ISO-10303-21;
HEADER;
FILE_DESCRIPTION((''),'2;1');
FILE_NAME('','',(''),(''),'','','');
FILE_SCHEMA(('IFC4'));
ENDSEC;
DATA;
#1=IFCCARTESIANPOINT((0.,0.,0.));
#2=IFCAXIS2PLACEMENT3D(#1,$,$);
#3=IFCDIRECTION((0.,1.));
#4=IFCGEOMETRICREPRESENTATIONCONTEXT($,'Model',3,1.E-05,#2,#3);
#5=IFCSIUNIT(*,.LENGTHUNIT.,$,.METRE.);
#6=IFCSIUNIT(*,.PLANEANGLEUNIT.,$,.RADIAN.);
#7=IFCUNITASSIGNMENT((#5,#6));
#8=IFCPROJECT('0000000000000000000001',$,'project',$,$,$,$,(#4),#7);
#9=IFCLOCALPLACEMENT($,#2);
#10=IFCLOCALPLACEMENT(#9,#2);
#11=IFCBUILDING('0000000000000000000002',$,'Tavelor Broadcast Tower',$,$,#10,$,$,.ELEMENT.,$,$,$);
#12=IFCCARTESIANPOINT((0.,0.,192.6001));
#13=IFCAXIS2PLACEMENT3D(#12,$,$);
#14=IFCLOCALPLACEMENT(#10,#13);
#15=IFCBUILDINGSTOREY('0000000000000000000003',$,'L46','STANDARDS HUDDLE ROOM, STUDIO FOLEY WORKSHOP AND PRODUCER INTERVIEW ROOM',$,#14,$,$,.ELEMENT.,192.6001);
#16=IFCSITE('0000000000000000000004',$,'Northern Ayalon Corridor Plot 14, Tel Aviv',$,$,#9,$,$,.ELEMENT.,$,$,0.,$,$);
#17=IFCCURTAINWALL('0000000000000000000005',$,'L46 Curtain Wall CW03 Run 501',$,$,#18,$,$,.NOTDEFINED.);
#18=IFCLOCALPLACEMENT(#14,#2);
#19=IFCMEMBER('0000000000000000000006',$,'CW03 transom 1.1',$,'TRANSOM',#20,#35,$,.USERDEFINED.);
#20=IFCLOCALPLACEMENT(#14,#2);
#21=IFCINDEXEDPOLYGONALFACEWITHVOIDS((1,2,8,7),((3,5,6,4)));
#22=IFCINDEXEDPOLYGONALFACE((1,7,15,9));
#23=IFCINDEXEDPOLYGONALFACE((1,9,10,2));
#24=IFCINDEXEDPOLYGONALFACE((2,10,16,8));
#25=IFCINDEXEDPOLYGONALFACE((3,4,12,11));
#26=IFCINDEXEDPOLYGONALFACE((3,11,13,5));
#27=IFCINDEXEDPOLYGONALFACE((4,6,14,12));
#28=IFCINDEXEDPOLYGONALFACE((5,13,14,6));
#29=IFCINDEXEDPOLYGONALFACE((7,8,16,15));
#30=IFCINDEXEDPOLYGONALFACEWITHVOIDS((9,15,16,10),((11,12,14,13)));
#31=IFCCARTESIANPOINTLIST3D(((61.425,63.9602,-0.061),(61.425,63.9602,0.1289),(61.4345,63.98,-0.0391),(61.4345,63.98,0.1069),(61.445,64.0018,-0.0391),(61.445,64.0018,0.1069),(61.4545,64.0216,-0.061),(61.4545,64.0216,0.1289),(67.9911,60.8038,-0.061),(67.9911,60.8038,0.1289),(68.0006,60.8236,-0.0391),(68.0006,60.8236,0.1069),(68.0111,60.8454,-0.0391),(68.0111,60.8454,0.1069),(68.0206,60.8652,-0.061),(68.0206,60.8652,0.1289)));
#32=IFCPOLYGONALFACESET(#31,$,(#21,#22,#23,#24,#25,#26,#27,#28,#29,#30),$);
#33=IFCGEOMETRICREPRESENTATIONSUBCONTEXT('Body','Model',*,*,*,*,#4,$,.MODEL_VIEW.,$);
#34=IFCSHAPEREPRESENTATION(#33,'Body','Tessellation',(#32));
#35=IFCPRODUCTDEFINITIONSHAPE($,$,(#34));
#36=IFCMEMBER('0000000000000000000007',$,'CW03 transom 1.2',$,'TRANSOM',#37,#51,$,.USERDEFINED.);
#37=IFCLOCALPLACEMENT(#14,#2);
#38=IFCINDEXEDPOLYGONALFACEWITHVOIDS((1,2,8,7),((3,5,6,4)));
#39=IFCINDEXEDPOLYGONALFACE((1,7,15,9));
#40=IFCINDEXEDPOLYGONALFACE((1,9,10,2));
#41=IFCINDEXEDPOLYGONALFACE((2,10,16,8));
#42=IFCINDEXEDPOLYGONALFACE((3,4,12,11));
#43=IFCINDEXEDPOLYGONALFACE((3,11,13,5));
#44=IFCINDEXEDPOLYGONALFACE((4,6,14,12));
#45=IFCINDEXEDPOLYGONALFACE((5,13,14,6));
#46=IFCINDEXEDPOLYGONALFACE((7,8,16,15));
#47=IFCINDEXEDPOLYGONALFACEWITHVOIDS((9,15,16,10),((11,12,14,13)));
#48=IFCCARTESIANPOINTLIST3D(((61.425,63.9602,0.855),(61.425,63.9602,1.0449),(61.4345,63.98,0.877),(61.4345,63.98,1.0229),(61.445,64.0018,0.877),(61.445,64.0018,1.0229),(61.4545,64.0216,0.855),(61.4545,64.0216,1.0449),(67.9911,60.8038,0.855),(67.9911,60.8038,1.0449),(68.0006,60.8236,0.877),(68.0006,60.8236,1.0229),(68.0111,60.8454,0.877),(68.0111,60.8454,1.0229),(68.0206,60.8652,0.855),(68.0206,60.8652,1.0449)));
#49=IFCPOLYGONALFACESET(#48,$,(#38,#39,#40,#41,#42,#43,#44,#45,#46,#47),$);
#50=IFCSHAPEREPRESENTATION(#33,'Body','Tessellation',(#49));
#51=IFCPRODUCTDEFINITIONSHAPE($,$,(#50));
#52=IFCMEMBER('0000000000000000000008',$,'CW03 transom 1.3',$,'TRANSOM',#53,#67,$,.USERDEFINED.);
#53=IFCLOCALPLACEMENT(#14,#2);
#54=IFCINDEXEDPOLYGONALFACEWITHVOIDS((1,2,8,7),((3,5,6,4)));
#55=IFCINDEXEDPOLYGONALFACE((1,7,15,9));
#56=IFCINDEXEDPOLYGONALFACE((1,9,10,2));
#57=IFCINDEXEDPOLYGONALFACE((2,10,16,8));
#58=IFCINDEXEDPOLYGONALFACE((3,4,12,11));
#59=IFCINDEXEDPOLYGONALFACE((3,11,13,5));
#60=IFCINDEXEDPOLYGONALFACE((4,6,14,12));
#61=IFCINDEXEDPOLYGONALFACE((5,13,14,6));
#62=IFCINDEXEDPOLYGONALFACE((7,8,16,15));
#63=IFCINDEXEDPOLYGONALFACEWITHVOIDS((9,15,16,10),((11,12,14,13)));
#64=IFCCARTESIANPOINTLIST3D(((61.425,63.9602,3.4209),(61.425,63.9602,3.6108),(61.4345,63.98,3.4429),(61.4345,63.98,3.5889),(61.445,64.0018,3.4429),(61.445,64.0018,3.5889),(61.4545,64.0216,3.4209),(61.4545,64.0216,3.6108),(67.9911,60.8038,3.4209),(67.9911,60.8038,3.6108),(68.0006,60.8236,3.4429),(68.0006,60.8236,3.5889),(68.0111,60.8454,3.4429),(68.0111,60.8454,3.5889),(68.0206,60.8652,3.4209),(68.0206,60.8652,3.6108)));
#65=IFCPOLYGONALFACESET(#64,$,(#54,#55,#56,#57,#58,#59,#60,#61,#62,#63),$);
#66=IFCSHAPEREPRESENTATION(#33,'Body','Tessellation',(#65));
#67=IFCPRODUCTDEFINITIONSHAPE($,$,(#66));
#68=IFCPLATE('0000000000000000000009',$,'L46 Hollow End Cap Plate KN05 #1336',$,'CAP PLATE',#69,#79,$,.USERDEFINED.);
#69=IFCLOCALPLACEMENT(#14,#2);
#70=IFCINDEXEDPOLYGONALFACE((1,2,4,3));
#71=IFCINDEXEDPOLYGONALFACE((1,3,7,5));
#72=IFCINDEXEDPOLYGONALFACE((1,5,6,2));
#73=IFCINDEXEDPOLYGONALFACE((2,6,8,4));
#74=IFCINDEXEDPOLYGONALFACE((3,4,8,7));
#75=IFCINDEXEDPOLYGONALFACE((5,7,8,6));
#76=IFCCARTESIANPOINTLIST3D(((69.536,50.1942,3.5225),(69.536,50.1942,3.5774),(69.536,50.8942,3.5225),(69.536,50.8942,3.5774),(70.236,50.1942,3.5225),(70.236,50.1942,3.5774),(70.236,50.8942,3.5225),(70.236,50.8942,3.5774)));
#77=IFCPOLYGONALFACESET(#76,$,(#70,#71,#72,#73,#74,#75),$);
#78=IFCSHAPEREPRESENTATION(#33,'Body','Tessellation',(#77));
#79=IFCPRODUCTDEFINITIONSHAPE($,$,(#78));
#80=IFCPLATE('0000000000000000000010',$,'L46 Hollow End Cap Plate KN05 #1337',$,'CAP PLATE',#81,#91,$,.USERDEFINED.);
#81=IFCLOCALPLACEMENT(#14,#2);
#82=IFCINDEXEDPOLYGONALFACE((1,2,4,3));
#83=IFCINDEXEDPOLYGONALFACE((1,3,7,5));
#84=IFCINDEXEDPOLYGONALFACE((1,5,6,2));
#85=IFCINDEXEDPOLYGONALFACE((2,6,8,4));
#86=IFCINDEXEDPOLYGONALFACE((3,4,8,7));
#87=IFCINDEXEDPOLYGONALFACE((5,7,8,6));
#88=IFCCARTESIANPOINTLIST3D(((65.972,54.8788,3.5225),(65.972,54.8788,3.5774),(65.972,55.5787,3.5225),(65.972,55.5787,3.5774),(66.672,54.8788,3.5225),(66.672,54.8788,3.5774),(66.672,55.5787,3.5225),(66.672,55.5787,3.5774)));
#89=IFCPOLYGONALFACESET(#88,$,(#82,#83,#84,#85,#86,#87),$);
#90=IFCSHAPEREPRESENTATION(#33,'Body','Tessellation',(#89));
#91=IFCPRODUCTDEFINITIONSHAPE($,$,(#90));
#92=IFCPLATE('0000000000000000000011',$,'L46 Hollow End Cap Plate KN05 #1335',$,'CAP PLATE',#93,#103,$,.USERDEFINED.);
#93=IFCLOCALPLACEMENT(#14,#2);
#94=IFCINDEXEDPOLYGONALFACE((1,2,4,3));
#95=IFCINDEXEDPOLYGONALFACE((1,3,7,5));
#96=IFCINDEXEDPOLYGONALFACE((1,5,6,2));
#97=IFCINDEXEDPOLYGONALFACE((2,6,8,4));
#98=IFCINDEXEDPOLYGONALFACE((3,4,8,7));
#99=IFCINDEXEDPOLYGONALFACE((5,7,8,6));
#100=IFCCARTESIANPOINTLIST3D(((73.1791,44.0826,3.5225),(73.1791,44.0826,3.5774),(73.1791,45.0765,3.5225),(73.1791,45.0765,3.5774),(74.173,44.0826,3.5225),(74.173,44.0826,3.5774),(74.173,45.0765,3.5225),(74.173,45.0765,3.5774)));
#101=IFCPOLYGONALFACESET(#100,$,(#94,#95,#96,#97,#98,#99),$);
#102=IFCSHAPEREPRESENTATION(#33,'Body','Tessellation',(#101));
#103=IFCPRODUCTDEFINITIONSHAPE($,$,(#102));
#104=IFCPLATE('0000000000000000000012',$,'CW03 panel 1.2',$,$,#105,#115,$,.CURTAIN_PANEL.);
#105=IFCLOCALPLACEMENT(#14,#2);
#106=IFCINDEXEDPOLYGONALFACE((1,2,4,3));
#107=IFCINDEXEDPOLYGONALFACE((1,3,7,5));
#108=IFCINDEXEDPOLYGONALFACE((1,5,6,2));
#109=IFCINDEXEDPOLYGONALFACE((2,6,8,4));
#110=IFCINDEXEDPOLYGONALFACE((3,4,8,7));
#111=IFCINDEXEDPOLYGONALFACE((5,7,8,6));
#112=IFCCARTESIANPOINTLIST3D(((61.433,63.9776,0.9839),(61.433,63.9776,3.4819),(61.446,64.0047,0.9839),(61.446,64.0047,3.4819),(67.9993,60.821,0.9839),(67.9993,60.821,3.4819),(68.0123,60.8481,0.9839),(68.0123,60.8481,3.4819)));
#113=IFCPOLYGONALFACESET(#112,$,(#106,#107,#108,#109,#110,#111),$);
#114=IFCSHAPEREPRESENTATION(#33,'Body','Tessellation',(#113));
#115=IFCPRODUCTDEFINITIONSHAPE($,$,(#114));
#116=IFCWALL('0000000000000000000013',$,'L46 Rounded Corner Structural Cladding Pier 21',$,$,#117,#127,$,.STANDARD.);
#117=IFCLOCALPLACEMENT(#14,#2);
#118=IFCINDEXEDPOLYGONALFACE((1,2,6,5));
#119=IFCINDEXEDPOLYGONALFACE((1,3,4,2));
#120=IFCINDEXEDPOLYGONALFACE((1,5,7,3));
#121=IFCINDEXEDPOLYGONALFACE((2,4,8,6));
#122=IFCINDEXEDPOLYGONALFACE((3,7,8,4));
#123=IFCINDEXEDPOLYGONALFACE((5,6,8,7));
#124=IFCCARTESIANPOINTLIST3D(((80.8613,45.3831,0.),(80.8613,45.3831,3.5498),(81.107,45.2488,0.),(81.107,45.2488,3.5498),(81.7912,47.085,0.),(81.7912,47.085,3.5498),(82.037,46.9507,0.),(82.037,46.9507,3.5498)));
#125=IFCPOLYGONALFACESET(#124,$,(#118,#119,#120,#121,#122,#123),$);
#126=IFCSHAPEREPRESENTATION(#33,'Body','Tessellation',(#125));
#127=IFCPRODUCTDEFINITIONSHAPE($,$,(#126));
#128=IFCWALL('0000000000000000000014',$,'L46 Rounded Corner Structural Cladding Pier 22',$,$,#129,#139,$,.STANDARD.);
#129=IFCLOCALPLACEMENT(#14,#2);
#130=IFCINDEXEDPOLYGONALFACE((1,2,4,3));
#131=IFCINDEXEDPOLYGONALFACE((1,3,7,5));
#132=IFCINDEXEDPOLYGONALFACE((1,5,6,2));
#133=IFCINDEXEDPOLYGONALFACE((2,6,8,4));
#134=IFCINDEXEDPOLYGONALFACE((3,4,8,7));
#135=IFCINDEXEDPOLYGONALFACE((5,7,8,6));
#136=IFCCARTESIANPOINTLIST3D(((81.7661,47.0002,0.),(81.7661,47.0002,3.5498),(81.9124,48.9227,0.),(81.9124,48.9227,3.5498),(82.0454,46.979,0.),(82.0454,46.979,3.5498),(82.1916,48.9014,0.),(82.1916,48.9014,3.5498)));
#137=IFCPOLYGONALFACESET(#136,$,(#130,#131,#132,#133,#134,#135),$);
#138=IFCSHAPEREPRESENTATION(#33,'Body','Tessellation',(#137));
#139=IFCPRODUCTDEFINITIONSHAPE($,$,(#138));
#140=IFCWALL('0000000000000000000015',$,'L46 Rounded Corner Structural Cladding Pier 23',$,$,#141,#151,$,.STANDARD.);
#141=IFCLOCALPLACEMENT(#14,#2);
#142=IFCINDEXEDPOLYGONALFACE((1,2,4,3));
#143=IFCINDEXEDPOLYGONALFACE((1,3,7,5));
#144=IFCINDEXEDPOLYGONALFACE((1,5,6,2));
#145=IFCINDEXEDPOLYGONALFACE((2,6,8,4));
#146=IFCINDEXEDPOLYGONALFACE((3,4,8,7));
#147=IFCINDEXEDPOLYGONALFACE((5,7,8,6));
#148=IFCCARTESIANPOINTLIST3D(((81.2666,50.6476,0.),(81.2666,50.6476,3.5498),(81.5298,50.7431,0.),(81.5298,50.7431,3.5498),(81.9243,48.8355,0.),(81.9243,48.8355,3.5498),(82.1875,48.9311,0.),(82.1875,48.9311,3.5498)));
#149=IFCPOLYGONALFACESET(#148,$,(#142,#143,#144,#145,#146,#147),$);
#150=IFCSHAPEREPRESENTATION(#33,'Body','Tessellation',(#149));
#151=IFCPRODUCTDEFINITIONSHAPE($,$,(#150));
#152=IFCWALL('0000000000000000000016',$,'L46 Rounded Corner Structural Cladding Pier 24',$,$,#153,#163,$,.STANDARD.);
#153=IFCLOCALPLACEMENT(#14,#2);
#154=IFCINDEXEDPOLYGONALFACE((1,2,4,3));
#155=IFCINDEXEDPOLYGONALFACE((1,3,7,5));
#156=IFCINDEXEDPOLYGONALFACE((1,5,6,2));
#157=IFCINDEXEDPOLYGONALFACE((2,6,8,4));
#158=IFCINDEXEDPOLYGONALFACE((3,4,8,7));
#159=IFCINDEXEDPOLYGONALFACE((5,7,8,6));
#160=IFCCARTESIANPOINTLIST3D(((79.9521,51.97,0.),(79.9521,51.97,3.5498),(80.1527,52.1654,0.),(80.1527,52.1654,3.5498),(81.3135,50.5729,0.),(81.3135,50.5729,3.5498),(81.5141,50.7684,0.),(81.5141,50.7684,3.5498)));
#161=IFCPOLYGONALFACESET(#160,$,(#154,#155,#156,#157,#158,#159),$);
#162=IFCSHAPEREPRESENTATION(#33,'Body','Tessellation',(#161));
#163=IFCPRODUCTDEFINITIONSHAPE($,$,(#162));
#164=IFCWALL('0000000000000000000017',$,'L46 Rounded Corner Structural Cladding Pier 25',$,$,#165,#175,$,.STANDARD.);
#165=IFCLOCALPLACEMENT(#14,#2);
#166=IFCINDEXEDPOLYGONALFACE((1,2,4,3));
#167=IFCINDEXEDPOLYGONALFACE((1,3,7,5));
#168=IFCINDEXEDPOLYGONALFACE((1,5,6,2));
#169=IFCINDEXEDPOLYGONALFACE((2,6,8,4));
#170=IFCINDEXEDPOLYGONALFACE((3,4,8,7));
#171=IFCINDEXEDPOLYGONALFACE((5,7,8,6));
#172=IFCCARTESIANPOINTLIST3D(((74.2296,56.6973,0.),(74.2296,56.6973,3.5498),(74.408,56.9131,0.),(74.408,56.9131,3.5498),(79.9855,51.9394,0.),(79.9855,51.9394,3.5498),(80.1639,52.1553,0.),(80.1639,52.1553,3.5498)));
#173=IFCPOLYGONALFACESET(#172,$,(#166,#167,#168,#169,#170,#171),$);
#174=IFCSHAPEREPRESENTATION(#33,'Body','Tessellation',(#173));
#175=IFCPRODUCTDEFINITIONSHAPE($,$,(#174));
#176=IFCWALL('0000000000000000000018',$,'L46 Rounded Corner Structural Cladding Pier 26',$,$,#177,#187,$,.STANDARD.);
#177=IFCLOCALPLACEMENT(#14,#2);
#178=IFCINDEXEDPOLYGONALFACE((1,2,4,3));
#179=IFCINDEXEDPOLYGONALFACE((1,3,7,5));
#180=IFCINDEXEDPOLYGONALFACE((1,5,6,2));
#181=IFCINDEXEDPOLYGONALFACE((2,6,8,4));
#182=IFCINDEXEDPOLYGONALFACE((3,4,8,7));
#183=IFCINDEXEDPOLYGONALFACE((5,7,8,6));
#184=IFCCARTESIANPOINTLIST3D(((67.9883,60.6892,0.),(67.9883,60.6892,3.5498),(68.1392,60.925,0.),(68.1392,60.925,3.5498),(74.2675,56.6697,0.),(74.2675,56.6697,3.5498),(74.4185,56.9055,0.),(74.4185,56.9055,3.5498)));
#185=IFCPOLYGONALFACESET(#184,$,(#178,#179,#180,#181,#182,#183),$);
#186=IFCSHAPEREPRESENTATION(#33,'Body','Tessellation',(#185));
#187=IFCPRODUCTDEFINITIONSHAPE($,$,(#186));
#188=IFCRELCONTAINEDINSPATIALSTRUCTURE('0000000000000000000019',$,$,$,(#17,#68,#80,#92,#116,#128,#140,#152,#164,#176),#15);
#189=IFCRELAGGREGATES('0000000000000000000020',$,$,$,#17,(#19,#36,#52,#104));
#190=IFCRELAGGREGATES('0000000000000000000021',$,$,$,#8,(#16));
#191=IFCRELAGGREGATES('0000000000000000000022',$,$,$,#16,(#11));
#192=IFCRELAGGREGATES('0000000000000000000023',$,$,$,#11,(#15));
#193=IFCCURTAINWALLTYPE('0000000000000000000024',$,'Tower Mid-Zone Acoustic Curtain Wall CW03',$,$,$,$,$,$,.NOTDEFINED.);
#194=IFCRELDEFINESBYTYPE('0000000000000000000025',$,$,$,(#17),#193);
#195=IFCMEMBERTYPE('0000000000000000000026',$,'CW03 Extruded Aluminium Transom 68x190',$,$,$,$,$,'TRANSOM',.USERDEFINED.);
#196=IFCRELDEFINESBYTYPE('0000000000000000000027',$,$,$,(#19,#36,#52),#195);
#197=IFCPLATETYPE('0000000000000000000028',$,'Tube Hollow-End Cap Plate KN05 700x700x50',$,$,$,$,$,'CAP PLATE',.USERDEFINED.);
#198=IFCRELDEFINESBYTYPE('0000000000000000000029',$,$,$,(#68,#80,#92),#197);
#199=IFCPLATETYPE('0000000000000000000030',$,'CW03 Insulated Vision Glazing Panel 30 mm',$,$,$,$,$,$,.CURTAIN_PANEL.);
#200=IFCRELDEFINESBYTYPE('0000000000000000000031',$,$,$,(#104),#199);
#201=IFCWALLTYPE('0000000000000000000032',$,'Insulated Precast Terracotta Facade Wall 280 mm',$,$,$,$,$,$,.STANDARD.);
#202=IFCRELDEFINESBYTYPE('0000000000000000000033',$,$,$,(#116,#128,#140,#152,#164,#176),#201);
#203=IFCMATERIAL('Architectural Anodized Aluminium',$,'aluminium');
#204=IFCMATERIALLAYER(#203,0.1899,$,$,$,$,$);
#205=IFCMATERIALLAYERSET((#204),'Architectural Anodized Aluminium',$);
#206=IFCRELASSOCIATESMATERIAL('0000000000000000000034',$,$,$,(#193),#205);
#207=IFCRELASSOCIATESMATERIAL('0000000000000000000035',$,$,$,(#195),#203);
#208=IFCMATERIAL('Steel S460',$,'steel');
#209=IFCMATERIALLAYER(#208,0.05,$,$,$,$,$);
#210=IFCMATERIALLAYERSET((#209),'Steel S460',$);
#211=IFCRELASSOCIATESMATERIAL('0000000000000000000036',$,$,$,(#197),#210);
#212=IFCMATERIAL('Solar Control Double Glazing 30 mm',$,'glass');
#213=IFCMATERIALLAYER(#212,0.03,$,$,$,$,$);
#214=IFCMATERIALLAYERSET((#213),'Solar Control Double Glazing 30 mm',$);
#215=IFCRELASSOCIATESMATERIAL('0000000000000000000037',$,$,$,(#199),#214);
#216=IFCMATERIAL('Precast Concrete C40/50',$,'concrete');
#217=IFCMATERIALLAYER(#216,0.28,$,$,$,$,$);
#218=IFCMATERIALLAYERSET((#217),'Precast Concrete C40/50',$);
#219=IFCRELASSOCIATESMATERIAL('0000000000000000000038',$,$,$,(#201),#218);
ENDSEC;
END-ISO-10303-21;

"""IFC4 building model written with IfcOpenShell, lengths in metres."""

from ifc_helpers import new_model, si_unit, direction, frame, frame_2d, origin, origin_2d, place, context, subcontext, project, spatial, rectangle, hollow_rectangle, extrude, source, transform, mapped, material, layer, layer_set, material_profile, profile_set, type_object, type_shapes, element, aggregate, save


model = new_model("IFC4")

# Units and contexts
model_context = context("Model", 3, precision=1e-05, world=origin(), true_north=direction((0.0, 1.0)))
body_context = subcontext(model_context, "Body", "Model", "MODEL_VIEW")
ifc_project = project(units=[si_unit("LENGTHUNIT", "METRE"), si_unit("PLANEANGLEUNIT", "RADIAN")], contexts=[model_context])

# Site, building, storey
site_placement = place(None, origin())
site = spatial("IfcSite", under=ifc_project, at=site_placement, Name="Northern Ayalon Corridor Plot 14, Tel Aviv", CompositionType="ELEMENT", RefElevation=0.0)
building_placement = place(site_placement, origin())
building = spatial("IfcBuilding", under=site, at=building_placement, Name="Tavelor Broadcast Tower", CompositionType="ELEMENT")
storey_placement = place(building_placement, frame((0.0, 0.0, 192.6001)))
storey = spatial("IfcBuildingStorey", under=building, at=storey_placement, Name="L46", Description="STANDARDS HUDDLE ROOM, STUDIO FOLEY WORKSHOP AND PRODUCER INTERVIEW ROOM", CompositionType="ELEMENT", Elevation=192.6001)

# Shared definitions
ifc_material_1 = material(Name="Steel S460", Category="steel")

# Shared definitions
ifc_material_2 = material(Name="Architectural Anodized Aluminium", Category="aluminium")
ifc_layer_1 = layer(ifc_material_2, 0.1899)
ifc_layer_set_1 = layer_set([ifc_layer_1], Name="Architectural Anodized Aluminium")
curtain_wall_type = type_object("IfcCurtainWallType", Name="Tower Mid-Zone Acoustic Curtain Wall CW03", PredefinedType="NOTDEFINED", material=ifc_layer_set_1)

# Curtain wall, members
curtain_wall_1_placement = place(storey_placement, origin())
curtain_wall_1 = element("IfcCurtainWall", 1, at=curtain_wall_1_placement, inside=storey, type_object=curtain_wall_type, Name="L46 Curtain Wall CW03 Run 501", PredefinedType="NOTDEFINED")
ifc_material_profile_1 = material_profile(ifc_material_2, hollow_rectangle(XDim=0.0681, YDim=0.1899, WallThickness=0.022, at=origin_2d()), Name="RHS 68x190x22")
ifc_profile_set_1 = profile_set([ifc_material_profile_1], Name="Architectural Anodized Aluminium")
member_type_1 = type_object("IfcMemberType", Name="CW03 Extruded Aluminium Transom 68x190", ElementType="TRANSOM", PredefinedType="USERDEFINED", material=ifc_profile_set_1)
shared_shape_1 = source(origin(), body_context, "Body", "SweptSolid", [
    extrude(hollow_rectangle(XDim=0.0681, YDim=0.1899, WallThickness=0.022, at=origin_2d()), origin(), (0.0, 0.0, 1.0), 7.2854),
])
type_shapes(member_type_1, [shared_shape_1])
member_1_placement = place(storey_placement, frame((68.0059, 60.8345, 0.0339), z_axis=(-0.901269, 0.433259, 0.0), x_axis=(-0.433259, -0.901269, 0.0)))
member_1 = element("IfcMember", 2, at=member_1_placement, type_object=member_type_1, Name="CW03 transom 1.1", ObjectType="TRANSOM", PredefinedType="USERDEFINED", context=body_context, shape_type="MappedRepresentation", body=[
    mapped(shared_shape_1, transform((0.0, 0.0, 0.0), scale=1.0)),
])
member_2_placement = place(storey_placement, frame((68.0059, 60.8345, 0.95), z_axis=(-0.901269, 0.433259, 0.0), x_axis=(-0.433259, -0.901269, 0.0)))
member_2 = element("IfcMember", 3, at=member_2_placement, type_object=member_type_1, Name="CW03 transom 1.2", ObjectType="TRANSOM", PredefinedType="USERDEFINED", context=body_context, shape_type="MappedRepresentation", body=[
    mapped(shared_shape_1, transform((0.0, 0.0, 0.0), scale=1.0)),
])
member_3_placement = place(storey_placement, frame((68.0059, 60.8345, 3.5159), z_axis=(-0.901269, 0.433259, 0.0), x_axis=(-0.433259, -0.901269, 0.0)))
member_3 = element("IfcMember", 4, at=member_3_placement, type_object=member_type_1, Name="CW03 transom 1.3", ObjectType="TRANSOM", PredefinedType="USERDEFINED", context=body_context, shape_type="MappedRepresentation", body=[
    mapped(shared_shape_1, transform((0.0, 0.0, 0.0), scale=1.0)),
])

# Plates
ifc_layer_2 = layer(ifc_material_1, 0.05)
ifc_layer_set_2 = layer_set([ifc_layer_2], Name="Steel S460")
plate_type_1 = type_object("IfcPlateType", Name="Tube Hollow-End Cap Plate KN05 700x700x50", ElementType="CAP PLATE", PredefinedType="USERDEFINED", material=ifc_layer_set_2)
shared_shape_2 = source(origin(), body_context, "Body", "SweptSolid", [
    extrude(rectangle(XDim=0.7, YDim=0.7, at=origin_2d()), origin(), (0.0, 0.0, 1.0), 0.0549),
])
for number, where, z_axis, x_axis, name in (
    (5, (69.886, 50.5442, 3.5225), (0.0, 0.0, 1.0), (1.0, 0.0, 0.0), "L46 Hollow End Cap Plate KN05 #1336"),
    (6, (66.322, 55.2288, 3.5225), (0.0, 0.0, 1.0), (1.0, 0.0, 0.0), "L46 Hollow End Cap Plate KN05 #1337"),
):
    element("IfcPlate", number, at=place(storey_placement, frame(where, z_axis=z_axis, x_axis=x_axis)), inside=storey, type_object=plate_type_1, Name=name, ObjectType="CAP PLATE", PredefinedType="USERDEFINED", context=body_context, shape_type="MappedRepresentation", body=[
        mapped(shared_shape_2, transform((0.0, 0.0, 0.0), scale=1.0)),
    ])
shared_shape_3 = source(origin(), body_context, "Body", "SweptSolid", [
    extrude(rectangle(XDim=0.9939, YDim=0.9939, at=origin_2d()), origin(), (0.0, 0.0, 1.0), 0.0549),
])
type_shapes(plate_type_1, [shared_shape_2, shared_shape_3])
plate_1_placement = place(storey_placement, frame((73.676, 44.5796, 3.5225), z_axis=(0.0, 0.0, 1.0), x_axis=(1.0, 0.0, 0.0)))
element("IfcPlate", 7, at=plate_1_placement, inside=storey, type_object=plate_type_1, Name="L46 Hollow End Cap Plate KN05 #1335", ObjectType="CAP PLATE", PredefinedType="USERDEFINED", context=body_context, shape_type="MappedRepresentation", body=[
    mapped(shared_shape_3, transform((0.0, 0.0, 0.0), scale=1.0)),
])

# Plate
ifc_material_3 = material(Name="Solar Control Double Glazing 30 mm", Category="glass")
ifc_layer_3 = layer(ifc_material_3, 0.03)
ifc_layer_set_3 = layer_set([ifc_layer_3], Name="Solar Control Double Glazing 30 mm")
plate_type_2 = type_object("IfcPlateType", Name="CW03 Insulated Vision Glazing Panel 30 mm", PredefinedType="CURTAIN_PANEL", material=ifc_layer_set_3)
shared_shape_4 = source(origin(), body_context, "Body", "SweptSolid", [
    extrude(rectangle(XDim=7.2856, YDim=0.03, at=origin_2d()), origin(), (0.0, 0.0, 1.0), 2.498),
])
type_shapes(plate_type_2, [shared_shape_4])
plate_2_placement = place(storey_placement, frame((64.7227, 62.4128, 0.9839), z_axis=(0.0, 0.0, 1.0), x_axis=(-0.901269, 0.43326, 0.0)))
plate_2 = element("IfcPlate", 8, at=plate_2_placement, type_object=plate_type_2, Name="CW03 panel 1.2", PredefinedType="CURTAIN_PANEL", context=body_context, shape_type="MappedRepresentation", body=[
    mapped(shared_shape_4, transform((0.0, 0.0, 0.0), scale=1.0)),
])
aggregate(curtain_wall_1, [member_1, member_2, member_3, plate_2])

# Walls
ifc_material_4 = material(Name="Precast Concrete C40/50", Category="concrete")
ifc_layer_4 = layer(ifc_material_4, 0.28)
ifc_layer_set_4 = layer_set([ifc_layer_4], Name="Precast Concrete C40/50")
wall_type = type_object("IfcWallType", Name="Insulated Precast Terracotta Facade Wall 280 mm", PredefinedType="STANDARD", material=ifc_layer_set_4)
wall_1_placement = place(storey_placement, frame((80.9841, 45.3159, 0.0), z_axis=(0.0, 0.0, 1.0), x_axis=(0.479496, 0.877544, 0.0)))
element("IfcWall", 9, at=wall_1_placement, inside=storey, type_object=wall_type, Name="L46 Rounded Corner Structural Cladding Pier 21", PredefinedType="STANDARD", context=body_context, shape_type="SweptSolid", body=[
    extrude(rectangle(XDim=1.9395, YDim=0.28, at=frame_2d((0.9697, 0.0))), origin(), (0.0, 0.0, 1.0), 3.5498),
])
wall_2_placement = place(storey_placement, frame((81.9058, 46.9897, 0.0), z_axis=(0.0, 0.0, 1.0), x_axis=(0.075854, 0.997119, 0.0)))
element("IfcWall", 10, at=wall_2_placement, inside=storey, type_object=wall_type, Name="L46 Rounded Corner Structural Cladding Pier 22", PredefinedType="STANDARD", context=body_context, shape_type="SweptSolid", body=[
    extrude(rectangle(XDim=1.928, YDim=0.28, at=frame_2d((0.9639, 0.0))), origin(), (0.0, 0.0, 1.0), 3.5498),
])
wall_3_placement = place(storey_placement, frame((82.0559, 48.8833, 0.0), z_axis=(0.0, 0.0, 1.0), x_axis=(-0.341194, 0.939993, 0.0)))
element("IfcWall", 11, at=wall_3_placement, inside=storey, type_object=wall_type, Name="L46 Rounded Corner Structural Cladding Pier 23", PredefinedType="STANDARD", context=body_context, shape_type="SweptSolid", body=[
    extrude(rectangle(XDim=1.9277, YDim=0.28, at=frame_2d((0.9639, 0.0))), origin(), (0.0, 0.0, 1.0), 3.5498),
])
wall_4_placement = place(storey_placement, frame((81.4138, 50.6707, 0.0), z_axis=(0.0, 0.0, 1.0), x_axis=(-0.697911, 0.716185, 0.0)))
element("IfcWall", 12, at=wall_4_placement, inside=storey, type_object=wall_type, Name="L46 Rounded Corner Structural Cladding Pier 24", PredefinedType="STANDARD", context=body_context, shape_type="SweptSolid", body=[
    extrude(rectangle(XDim=1.9507, YDim=0.28, at=frame_2d((0.9753, 0.0))), origin(), (0.0, 0.0, 1.0), 3.5498),
])
wall_5_placement = place(storey_placement, frame((80.0747, 52.0474, 0.0), z_axis=(0.0, 0.0, 1.0), x_axis=(-0.770766, 0.637118, 0.0)))
element("IfcWall", 13, at=wall_5_placement, inside=storey, type_object=wall_type, Name="L46 Rounded Corner Structural Cladding Pier 25", PredefinedType="STANDARD", context=body_context, shape_type="SweptSolid", body=[
    extrude(rectangle(XDim=7.4678, YDim=0.28, at=frame_2d((3.7339, 0.0))), origin(), (0.0, 0.0, 1.0), 3.5498),
])
wall_6_placement = place(storey_placement, frame((74.343, 56.7876, 0.0), z_axis=(0.0, 0.0, 1.0), x_axis=(-0.842224, 0.539128, 0.0)))
element("IfcWall", 14, at=wall_6_placement, inside=storey, type_object=wall_type, Name="L46 Rounded Corner Structural Cladding Pier 26", PredefinedType="STANDARD", context=body_context, shape_type="SweptSolid", body=[
    extrude(rectangle(XDim=7.4556, YDim=0.28, at=frame_2d((3.7278, 0.0))), origin(), (0.0, 0.0, 1.0), 3.5498),
])

save(model, "model.ifc")
